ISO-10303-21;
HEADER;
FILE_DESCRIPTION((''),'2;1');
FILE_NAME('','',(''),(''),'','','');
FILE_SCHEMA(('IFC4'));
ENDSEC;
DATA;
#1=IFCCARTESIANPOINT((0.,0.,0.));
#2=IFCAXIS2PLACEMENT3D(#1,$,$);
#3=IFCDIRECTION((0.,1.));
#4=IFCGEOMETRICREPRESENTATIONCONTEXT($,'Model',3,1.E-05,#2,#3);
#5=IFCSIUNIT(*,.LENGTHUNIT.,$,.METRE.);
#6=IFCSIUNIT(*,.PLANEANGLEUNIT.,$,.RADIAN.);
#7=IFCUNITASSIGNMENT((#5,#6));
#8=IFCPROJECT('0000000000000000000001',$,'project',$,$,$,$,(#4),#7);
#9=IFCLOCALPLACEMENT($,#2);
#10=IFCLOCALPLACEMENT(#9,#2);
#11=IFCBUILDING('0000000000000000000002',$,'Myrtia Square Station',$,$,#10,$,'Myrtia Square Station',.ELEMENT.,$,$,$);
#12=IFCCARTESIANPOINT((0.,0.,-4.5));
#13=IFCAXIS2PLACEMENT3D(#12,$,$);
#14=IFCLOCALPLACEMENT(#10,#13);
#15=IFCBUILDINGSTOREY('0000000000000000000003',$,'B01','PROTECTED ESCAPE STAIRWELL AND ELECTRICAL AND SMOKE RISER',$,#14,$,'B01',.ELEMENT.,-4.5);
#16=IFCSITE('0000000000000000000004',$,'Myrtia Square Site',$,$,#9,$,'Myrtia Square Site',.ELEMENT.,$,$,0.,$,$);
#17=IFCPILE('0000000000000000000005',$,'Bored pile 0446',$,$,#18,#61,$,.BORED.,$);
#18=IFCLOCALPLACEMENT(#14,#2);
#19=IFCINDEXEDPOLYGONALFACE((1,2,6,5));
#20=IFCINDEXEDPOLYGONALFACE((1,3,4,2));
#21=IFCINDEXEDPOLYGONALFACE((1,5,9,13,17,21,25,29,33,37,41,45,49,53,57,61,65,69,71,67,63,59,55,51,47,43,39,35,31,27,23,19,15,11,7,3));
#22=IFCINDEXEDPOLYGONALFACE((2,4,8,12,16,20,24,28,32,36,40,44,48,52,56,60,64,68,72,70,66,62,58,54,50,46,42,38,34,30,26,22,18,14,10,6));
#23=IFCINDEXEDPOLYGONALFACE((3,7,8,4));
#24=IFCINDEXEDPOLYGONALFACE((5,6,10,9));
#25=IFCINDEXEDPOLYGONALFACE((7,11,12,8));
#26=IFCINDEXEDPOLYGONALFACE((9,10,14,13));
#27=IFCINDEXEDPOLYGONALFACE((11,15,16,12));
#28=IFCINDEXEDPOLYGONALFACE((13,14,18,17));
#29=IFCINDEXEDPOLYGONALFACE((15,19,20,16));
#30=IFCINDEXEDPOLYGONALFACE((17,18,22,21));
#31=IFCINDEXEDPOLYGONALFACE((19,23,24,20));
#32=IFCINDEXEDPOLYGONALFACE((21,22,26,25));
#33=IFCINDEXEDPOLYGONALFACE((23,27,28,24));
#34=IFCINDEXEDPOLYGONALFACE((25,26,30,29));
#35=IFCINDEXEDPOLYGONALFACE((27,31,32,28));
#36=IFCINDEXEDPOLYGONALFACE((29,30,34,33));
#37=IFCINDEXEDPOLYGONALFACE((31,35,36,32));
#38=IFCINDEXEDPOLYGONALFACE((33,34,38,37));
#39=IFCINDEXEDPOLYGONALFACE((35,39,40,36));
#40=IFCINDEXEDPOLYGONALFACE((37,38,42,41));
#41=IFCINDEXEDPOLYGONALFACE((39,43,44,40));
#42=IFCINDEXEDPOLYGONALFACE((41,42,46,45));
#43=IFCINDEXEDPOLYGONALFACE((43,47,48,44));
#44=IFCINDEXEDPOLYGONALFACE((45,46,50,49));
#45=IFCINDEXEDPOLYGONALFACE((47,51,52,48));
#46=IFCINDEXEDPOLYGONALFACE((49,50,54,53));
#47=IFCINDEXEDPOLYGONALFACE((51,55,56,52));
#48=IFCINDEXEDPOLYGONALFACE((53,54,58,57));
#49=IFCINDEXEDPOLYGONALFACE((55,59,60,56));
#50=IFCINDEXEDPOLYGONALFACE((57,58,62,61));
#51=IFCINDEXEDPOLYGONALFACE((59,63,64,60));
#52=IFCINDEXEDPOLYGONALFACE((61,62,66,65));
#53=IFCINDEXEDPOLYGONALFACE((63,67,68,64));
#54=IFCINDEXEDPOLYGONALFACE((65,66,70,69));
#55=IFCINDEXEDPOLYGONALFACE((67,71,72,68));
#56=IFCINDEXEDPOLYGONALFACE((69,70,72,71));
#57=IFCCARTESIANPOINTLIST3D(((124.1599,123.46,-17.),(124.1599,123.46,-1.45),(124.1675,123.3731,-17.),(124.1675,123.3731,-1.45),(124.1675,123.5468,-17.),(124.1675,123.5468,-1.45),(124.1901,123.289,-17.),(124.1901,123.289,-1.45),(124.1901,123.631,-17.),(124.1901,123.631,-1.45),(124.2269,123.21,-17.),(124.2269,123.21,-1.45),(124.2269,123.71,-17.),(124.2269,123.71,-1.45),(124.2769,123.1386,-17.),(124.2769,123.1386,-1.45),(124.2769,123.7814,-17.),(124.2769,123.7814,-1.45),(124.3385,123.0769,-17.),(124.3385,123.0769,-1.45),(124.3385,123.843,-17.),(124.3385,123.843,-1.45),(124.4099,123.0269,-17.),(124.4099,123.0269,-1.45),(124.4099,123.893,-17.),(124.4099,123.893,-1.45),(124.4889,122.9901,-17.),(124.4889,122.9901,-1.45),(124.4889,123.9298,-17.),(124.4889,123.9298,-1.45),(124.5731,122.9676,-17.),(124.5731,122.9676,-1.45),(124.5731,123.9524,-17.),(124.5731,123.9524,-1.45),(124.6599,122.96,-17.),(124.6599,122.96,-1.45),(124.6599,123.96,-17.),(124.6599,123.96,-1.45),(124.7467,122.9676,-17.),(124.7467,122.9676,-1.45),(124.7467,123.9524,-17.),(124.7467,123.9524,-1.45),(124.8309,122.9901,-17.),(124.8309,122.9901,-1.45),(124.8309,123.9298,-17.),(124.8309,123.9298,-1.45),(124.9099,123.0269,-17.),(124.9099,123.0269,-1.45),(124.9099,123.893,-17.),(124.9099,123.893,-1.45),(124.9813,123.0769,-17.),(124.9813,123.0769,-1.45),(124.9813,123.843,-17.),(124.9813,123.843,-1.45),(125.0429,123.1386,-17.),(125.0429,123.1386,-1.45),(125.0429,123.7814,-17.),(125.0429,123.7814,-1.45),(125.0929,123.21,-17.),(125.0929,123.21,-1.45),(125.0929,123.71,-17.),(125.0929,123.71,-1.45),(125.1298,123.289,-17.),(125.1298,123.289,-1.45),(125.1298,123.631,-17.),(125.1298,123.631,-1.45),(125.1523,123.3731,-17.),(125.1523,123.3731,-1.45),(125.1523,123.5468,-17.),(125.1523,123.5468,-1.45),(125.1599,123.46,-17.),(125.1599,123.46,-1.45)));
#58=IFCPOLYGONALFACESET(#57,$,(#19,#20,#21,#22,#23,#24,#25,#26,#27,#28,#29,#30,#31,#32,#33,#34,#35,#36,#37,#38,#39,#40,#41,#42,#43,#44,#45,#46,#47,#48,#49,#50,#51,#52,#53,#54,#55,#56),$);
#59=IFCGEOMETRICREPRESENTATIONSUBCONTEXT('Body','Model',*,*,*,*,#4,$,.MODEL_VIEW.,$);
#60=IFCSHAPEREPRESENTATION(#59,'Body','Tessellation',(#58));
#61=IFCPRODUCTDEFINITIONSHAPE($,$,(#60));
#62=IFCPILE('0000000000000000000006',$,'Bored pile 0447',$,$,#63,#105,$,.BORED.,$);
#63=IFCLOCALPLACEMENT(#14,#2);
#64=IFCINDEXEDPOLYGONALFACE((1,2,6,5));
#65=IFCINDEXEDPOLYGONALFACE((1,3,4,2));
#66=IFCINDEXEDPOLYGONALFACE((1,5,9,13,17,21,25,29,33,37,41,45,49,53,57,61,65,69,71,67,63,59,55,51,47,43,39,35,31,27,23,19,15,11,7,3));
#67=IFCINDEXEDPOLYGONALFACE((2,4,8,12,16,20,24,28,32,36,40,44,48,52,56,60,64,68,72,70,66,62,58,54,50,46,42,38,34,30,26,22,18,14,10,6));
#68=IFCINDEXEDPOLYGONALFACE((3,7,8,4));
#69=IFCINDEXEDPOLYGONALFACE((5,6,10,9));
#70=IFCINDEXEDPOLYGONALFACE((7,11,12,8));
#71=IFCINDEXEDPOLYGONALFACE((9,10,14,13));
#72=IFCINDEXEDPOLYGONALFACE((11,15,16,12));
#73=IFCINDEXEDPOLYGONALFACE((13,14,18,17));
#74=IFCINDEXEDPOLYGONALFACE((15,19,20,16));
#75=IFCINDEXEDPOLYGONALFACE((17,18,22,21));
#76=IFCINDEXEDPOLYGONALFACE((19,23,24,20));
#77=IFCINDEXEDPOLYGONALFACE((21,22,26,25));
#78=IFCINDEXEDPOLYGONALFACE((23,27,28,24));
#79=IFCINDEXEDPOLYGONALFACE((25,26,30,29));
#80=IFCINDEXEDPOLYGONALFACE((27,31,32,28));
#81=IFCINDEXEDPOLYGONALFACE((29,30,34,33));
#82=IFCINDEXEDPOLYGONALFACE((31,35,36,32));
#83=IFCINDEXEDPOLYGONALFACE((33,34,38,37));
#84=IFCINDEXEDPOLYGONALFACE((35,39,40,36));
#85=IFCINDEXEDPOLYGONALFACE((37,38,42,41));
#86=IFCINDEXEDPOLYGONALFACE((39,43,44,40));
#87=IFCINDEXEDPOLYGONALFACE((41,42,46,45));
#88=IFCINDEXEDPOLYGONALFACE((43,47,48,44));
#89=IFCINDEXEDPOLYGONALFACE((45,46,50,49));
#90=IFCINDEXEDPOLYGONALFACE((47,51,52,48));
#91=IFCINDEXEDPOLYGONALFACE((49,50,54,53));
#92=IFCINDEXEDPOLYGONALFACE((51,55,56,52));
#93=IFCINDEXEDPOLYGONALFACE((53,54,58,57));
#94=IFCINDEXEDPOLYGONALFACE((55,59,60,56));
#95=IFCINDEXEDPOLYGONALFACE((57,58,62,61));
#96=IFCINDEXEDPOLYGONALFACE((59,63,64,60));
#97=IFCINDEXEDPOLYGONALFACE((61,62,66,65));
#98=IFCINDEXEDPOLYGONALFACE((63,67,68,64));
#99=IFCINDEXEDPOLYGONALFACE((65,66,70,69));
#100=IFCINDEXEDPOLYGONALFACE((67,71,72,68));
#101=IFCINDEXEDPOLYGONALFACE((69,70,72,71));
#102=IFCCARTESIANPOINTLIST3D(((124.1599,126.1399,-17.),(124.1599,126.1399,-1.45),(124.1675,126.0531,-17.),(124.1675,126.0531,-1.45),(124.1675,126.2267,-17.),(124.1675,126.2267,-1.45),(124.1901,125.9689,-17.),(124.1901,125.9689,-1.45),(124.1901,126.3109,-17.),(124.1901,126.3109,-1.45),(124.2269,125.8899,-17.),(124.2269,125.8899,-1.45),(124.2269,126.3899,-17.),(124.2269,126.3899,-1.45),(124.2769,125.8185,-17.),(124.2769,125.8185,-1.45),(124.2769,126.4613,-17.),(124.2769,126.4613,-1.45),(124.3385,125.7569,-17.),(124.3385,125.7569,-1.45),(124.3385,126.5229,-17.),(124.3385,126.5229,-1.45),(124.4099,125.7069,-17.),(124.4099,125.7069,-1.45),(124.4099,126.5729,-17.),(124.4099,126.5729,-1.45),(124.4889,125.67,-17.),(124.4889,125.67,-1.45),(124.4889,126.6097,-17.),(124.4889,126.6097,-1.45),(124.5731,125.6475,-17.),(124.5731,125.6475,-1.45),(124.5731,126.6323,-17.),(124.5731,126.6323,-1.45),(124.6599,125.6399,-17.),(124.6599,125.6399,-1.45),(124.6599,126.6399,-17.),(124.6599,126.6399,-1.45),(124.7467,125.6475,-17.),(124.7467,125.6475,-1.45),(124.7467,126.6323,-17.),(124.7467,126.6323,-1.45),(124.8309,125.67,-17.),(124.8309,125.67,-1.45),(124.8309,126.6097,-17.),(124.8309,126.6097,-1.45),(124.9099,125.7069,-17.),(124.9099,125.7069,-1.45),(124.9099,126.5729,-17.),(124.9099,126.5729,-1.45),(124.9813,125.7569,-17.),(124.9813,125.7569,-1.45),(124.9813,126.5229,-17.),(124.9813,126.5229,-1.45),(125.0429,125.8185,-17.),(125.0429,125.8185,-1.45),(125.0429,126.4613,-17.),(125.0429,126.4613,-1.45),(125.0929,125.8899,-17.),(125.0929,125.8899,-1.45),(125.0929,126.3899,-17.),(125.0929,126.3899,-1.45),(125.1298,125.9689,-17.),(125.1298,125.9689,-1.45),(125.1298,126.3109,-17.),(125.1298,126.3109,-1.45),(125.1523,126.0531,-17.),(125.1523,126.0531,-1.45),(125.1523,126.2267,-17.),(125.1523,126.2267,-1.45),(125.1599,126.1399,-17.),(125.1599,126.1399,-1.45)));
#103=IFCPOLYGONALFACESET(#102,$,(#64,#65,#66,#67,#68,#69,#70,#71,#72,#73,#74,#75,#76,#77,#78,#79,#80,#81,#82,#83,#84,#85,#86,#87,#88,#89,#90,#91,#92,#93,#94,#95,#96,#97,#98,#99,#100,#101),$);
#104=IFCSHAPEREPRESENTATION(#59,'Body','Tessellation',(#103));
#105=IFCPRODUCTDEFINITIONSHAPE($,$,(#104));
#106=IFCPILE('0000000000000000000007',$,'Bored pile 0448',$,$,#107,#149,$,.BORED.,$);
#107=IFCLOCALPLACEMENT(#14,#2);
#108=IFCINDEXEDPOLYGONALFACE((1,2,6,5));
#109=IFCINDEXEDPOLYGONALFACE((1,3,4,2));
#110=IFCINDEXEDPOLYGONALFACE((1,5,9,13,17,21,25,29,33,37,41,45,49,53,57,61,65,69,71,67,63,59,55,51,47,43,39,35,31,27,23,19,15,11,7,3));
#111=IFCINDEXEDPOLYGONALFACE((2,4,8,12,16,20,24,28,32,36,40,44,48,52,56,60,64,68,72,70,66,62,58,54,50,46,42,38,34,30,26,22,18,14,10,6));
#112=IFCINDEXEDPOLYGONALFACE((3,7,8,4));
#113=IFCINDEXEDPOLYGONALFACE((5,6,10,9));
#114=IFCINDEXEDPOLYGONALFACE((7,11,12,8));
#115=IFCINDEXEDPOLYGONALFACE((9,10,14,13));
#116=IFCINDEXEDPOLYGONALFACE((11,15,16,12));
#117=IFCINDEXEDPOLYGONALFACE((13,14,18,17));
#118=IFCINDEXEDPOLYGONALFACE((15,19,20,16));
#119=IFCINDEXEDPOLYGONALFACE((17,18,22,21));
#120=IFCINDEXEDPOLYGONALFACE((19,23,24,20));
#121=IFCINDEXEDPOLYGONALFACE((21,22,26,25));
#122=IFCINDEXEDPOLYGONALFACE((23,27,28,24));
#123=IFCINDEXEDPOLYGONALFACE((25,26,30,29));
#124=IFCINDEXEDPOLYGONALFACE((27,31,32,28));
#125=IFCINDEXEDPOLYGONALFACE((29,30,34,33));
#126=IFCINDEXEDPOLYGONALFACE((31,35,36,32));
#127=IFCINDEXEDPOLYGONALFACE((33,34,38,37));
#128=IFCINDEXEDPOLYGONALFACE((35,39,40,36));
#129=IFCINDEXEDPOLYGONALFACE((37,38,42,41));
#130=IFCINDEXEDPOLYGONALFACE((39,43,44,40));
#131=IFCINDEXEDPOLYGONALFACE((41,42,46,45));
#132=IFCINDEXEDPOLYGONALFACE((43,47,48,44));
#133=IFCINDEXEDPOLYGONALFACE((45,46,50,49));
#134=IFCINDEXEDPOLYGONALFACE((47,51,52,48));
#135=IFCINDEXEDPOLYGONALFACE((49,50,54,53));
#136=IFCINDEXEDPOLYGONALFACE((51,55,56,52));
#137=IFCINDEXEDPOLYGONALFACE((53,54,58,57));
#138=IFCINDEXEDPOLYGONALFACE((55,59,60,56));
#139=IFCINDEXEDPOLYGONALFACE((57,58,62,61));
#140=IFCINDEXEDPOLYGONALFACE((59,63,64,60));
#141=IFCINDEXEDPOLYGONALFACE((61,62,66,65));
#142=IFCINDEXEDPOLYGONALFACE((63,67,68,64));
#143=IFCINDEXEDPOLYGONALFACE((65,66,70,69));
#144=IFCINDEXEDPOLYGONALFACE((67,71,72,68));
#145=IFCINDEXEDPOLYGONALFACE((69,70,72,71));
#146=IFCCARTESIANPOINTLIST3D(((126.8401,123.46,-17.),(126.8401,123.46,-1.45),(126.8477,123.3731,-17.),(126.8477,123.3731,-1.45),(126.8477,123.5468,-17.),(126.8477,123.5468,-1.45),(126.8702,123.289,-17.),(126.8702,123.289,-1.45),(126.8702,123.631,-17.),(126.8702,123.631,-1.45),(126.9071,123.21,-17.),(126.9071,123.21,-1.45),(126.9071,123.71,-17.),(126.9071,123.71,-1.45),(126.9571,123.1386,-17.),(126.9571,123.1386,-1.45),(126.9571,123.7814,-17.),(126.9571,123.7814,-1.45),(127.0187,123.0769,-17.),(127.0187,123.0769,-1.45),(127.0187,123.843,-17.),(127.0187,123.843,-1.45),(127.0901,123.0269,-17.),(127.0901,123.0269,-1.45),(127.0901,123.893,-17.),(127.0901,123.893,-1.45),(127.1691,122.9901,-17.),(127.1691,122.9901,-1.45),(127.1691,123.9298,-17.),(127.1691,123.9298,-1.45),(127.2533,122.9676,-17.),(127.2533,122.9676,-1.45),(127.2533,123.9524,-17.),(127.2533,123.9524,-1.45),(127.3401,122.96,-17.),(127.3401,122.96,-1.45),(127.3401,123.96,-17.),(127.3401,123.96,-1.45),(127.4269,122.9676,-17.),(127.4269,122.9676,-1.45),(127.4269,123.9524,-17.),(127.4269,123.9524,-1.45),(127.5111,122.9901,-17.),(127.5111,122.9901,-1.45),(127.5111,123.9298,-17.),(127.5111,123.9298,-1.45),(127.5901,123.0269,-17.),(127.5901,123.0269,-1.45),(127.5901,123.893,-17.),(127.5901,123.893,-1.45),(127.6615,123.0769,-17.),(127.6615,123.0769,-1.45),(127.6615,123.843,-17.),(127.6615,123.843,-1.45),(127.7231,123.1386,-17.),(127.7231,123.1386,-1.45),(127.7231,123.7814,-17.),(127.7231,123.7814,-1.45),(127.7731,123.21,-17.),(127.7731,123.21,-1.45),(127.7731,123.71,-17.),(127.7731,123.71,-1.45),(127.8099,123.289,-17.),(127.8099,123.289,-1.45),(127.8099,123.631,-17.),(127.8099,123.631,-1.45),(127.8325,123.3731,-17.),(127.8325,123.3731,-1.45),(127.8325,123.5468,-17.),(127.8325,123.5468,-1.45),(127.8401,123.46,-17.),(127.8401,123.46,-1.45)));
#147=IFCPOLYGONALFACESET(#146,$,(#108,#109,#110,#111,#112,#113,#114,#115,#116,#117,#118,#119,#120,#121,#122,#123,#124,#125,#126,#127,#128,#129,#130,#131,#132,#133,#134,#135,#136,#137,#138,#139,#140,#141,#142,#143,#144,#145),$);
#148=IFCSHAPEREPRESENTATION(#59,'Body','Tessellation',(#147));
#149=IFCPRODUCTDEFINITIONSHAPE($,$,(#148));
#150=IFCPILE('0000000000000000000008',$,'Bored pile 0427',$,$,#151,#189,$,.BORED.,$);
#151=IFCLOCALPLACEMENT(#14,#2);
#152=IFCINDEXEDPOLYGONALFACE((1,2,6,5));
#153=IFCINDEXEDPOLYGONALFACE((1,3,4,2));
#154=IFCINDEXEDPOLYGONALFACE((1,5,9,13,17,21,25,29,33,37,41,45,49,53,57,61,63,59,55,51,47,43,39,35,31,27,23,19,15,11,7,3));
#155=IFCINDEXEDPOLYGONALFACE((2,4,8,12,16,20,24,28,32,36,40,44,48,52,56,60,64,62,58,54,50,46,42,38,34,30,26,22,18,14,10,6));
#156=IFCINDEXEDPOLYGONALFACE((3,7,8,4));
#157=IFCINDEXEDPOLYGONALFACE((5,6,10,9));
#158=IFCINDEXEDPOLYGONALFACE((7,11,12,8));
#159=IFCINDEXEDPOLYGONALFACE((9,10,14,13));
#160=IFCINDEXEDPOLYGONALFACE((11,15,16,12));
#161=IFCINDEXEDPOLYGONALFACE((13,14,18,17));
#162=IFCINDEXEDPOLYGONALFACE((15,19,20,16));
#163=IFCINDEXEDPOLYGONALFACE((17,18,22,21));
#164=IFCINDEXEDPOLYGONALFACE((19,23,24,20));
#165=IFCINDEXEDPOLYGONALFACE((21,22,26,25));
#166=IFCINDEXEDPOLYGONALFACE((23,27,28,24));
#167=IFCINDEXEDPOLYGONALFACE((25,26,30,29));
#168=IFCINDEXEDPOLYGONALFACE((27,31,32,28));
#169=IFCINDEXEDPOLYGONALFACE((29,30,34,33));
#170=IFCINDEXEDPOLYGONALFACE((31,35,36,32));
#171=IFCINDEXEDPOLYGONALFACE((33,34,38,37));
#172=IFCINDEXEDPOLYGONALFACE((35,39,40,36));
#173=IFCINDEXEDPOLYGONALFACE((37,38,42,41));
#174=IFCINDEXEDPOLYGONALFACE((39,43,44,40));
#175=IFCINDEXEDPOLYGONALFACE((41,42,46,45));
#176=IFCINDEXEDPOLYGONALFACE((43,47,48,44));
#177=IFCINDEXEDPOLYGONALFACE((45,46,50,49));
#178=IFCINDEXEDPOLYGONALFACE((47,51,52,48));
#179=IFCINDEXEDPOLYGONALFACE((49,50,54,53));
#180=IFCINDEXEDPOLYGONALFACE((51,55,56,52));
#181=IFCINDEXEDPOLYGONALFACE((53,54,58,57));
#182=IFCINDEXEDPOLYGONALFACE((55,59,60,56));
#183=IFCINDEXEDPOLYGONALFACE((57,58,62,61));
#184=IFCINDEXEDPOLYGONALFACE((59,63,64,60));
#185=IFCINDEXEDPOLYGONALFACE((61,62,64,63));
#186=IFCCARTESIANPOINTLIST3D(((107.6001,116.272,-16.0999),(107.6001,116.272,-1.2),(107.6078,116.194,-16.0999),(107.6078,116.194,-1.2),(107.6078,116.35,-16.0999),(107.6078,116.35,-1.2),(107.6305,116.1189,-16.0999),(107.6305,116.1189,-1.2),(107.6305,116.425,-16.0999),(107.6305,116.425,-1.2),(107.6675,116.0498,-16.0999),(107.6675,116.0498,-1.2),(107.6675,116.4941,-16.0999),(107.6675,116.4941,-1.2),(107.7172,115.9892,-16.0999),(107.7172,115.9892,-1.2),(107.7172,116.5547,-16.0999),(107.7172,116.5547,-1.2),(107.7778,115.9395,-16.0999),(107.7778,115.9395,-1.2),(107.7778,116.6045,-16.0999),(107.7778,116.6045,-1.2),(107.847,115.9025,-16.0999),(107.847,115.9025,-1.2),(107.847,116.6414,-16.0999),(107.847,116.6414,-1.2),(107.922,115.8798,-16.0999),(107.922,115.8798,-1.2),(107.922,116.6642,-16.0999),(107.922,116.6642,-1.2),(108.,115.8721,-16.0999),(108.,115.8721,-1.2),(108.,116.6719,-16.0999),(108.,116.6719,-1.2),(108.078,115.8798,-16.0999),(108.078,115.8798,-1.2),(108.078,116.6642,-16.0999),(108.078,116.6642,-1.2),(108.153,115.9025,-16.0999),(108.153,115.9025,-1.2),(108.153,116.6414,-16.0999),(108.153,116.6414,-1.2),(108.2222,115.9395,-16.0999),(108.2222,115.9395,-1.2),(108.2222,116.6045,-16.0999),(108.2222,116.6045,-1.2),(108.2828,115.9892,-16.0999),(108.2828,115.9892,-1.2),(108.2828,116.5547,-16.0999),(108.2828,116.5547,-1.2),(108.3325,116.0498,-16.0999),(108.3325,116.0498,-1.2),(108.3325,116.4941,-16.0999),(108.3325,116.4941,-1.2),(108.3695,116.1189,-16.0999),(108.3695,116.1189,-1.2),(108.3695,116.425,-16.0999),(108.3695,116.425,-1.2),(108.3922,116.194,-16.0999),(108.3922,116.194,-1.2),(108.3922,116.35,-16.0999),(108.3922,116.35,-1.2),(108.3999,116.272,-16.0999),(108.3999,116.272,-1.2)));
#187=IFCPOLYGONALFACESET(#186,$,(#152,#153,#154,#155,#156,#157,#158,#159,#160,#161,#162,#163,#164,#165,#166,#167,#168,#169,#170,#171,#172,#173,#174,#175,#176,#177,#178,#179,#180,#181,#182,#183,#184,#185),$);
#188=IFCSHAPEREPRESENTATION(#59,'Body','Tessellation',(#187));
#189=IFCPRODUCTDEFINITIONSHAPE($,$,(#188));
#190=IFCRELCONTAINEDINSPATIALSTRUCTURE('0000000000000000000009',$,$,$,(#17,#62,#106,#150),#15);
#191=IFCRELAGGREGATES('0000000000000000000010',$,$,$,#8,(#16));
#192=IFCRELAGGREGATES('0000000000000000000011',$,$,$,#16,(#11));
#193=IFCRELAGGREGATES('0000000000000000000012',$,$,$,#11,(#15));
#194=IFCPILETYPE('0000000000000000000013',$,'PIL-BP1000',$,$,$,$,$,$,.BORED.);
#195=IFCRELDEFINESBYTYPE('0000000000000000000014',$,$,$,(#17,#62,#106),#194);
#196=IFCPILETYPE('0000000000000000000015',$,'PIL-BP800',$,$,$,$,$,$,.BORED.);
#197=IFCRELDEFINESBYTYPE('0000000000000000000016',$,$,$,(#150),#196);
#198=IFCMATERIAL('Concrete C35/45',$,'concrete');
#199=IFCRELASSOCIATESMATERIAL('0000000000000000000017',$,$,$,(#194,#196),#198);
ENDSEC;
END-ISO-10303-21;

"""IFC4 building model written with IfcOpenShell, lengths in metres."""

from ifc_helpers import new_model, si_unit, direction, frame, origin, origin_2d, place, context, subcontext, project, spatial, circle, extrude, material, material_profile, profile_set, type_object, element, save


model = new_model("IFC4")

# Units and contexts
model_context = context("Model", 3, precision=1e-05, world=origin(), true_north=direction((0.0, 1.0)))
body_context = subcontext(model_context, "Body", "Model", "MODEL_VIEW")
ifc_project = project(units=[si_unit("LENGTHUNIT", "METRE"), si_unit("PLANEANGLEUNIT", "RADIAN")], contexts=[model_context])

# Site, building, storey
site_placement = place(None, origin())
site = spatial("IfcSite", under=ifc_project, at=site_placement, Name="Myrtia Square Site", LongName="Myrtia Square Site", CompositionType="ELEMENT", RefElevation=0.0)
building_placement = place(site_placement, origin())
building = spatial("IfcBuilding", under=site, at=building_placement, Name="Myrtia Square Station", LongName="Myrtia Square Station", CompositionType="ELEMENT")
storey_placement = place(building_placement, frame((0.0, 0.0, -4.5)))
storey = spatial("IfcBuildingStorey", under=building, at=storey_placement, Name="B01", Description="PROTECTED ESCAPE STAIRWELL AND ELECTRICAL AND SMOKE RISER", LongName="B01", CompositionType="ELEMENT", Elevation=-4.5)

# Shared definitions
ifc_material_1 = material(Name="Concrete C35/45", Category="concrete")

# Piles
ifc_material_profile_1 = material_profile(ifc_material_1, circle(Radius=0.5, at=origin_2d()), Name="BP D1000")
ifc_profile_set_1 = profile_set([ifc_material_profile_1], Name="Concrete C35/45")
pile_type_1 = type_object("IfcPileType", Name="PIL-BP1000", PredefinedType="BORED", material=ifc_profile_set_1)
for number, where, z_axis, x_axis, name in (
    (1, (124.6599, 123.46, -1.45), (0.0, 0.0, -1.0), (1.0, 0.0, 0.0), "Bored pile 0446"),
    (2, (124.6599, 126.1399, -1.45), (0.0, 0.0, -1.0), (1.0, 0.0, 0.0), "Bored pile 0447"),
    (3, (127.3401, 123.46, -1.45), (0.0, 0.0, -1.0), (1.0, 0.0, 0.0), "Bored pile 0448"),
):
    element("IfcPile", number, at=place(storey_placement, frame(where, z_axis=z_axis, x_axis=x_axis)), inside=storey, type_object=pile_type_1, Name=name, PredefinedType="BORED", context=body_context, shape_type="SweptSolid", body=[
        extrude(circle(Radius=0.5, at=origin_2d()), origin(), (0.0, 0.0, 1.0), 15.55),
    ])
ifc_material_profile_2 = material_profile(ifc_material_1, circle(Radius=0.3999, at=origin_2d()), Name="BP D800")
ifc_profile_set_2 = profile_set([ifc_material_profile_2], Name="Concrete C35/45")
pile_type_2 = type_object("IfcPileType", Name="PIL-BP800", PredefinedType="BORED", material=ifc_profile_set_2)
for number, where, z_axis, x_axis, name in (
    (4, (108.0, 116.272, -1.2), (0.0, 0.0, -1.0), (1.0, 0.0, 0.0), "Bored pile 0427"),
):
    element("IfcPile", number, at=place(storey_placement, frame(where, z_axis=z_axis, x_axis=x_axis)), inside=storey, type_object=pile_type_2, Name=name, PredefinedType="BORED", context=body_context, shape_type="SweptSolid", body=[
        extrude(circle(Radius=0.3999, at=origin_2d()), origin(), (0.0, 0.0, 1.0), 14.8999),
    ])

save(model, "model.ifc")
